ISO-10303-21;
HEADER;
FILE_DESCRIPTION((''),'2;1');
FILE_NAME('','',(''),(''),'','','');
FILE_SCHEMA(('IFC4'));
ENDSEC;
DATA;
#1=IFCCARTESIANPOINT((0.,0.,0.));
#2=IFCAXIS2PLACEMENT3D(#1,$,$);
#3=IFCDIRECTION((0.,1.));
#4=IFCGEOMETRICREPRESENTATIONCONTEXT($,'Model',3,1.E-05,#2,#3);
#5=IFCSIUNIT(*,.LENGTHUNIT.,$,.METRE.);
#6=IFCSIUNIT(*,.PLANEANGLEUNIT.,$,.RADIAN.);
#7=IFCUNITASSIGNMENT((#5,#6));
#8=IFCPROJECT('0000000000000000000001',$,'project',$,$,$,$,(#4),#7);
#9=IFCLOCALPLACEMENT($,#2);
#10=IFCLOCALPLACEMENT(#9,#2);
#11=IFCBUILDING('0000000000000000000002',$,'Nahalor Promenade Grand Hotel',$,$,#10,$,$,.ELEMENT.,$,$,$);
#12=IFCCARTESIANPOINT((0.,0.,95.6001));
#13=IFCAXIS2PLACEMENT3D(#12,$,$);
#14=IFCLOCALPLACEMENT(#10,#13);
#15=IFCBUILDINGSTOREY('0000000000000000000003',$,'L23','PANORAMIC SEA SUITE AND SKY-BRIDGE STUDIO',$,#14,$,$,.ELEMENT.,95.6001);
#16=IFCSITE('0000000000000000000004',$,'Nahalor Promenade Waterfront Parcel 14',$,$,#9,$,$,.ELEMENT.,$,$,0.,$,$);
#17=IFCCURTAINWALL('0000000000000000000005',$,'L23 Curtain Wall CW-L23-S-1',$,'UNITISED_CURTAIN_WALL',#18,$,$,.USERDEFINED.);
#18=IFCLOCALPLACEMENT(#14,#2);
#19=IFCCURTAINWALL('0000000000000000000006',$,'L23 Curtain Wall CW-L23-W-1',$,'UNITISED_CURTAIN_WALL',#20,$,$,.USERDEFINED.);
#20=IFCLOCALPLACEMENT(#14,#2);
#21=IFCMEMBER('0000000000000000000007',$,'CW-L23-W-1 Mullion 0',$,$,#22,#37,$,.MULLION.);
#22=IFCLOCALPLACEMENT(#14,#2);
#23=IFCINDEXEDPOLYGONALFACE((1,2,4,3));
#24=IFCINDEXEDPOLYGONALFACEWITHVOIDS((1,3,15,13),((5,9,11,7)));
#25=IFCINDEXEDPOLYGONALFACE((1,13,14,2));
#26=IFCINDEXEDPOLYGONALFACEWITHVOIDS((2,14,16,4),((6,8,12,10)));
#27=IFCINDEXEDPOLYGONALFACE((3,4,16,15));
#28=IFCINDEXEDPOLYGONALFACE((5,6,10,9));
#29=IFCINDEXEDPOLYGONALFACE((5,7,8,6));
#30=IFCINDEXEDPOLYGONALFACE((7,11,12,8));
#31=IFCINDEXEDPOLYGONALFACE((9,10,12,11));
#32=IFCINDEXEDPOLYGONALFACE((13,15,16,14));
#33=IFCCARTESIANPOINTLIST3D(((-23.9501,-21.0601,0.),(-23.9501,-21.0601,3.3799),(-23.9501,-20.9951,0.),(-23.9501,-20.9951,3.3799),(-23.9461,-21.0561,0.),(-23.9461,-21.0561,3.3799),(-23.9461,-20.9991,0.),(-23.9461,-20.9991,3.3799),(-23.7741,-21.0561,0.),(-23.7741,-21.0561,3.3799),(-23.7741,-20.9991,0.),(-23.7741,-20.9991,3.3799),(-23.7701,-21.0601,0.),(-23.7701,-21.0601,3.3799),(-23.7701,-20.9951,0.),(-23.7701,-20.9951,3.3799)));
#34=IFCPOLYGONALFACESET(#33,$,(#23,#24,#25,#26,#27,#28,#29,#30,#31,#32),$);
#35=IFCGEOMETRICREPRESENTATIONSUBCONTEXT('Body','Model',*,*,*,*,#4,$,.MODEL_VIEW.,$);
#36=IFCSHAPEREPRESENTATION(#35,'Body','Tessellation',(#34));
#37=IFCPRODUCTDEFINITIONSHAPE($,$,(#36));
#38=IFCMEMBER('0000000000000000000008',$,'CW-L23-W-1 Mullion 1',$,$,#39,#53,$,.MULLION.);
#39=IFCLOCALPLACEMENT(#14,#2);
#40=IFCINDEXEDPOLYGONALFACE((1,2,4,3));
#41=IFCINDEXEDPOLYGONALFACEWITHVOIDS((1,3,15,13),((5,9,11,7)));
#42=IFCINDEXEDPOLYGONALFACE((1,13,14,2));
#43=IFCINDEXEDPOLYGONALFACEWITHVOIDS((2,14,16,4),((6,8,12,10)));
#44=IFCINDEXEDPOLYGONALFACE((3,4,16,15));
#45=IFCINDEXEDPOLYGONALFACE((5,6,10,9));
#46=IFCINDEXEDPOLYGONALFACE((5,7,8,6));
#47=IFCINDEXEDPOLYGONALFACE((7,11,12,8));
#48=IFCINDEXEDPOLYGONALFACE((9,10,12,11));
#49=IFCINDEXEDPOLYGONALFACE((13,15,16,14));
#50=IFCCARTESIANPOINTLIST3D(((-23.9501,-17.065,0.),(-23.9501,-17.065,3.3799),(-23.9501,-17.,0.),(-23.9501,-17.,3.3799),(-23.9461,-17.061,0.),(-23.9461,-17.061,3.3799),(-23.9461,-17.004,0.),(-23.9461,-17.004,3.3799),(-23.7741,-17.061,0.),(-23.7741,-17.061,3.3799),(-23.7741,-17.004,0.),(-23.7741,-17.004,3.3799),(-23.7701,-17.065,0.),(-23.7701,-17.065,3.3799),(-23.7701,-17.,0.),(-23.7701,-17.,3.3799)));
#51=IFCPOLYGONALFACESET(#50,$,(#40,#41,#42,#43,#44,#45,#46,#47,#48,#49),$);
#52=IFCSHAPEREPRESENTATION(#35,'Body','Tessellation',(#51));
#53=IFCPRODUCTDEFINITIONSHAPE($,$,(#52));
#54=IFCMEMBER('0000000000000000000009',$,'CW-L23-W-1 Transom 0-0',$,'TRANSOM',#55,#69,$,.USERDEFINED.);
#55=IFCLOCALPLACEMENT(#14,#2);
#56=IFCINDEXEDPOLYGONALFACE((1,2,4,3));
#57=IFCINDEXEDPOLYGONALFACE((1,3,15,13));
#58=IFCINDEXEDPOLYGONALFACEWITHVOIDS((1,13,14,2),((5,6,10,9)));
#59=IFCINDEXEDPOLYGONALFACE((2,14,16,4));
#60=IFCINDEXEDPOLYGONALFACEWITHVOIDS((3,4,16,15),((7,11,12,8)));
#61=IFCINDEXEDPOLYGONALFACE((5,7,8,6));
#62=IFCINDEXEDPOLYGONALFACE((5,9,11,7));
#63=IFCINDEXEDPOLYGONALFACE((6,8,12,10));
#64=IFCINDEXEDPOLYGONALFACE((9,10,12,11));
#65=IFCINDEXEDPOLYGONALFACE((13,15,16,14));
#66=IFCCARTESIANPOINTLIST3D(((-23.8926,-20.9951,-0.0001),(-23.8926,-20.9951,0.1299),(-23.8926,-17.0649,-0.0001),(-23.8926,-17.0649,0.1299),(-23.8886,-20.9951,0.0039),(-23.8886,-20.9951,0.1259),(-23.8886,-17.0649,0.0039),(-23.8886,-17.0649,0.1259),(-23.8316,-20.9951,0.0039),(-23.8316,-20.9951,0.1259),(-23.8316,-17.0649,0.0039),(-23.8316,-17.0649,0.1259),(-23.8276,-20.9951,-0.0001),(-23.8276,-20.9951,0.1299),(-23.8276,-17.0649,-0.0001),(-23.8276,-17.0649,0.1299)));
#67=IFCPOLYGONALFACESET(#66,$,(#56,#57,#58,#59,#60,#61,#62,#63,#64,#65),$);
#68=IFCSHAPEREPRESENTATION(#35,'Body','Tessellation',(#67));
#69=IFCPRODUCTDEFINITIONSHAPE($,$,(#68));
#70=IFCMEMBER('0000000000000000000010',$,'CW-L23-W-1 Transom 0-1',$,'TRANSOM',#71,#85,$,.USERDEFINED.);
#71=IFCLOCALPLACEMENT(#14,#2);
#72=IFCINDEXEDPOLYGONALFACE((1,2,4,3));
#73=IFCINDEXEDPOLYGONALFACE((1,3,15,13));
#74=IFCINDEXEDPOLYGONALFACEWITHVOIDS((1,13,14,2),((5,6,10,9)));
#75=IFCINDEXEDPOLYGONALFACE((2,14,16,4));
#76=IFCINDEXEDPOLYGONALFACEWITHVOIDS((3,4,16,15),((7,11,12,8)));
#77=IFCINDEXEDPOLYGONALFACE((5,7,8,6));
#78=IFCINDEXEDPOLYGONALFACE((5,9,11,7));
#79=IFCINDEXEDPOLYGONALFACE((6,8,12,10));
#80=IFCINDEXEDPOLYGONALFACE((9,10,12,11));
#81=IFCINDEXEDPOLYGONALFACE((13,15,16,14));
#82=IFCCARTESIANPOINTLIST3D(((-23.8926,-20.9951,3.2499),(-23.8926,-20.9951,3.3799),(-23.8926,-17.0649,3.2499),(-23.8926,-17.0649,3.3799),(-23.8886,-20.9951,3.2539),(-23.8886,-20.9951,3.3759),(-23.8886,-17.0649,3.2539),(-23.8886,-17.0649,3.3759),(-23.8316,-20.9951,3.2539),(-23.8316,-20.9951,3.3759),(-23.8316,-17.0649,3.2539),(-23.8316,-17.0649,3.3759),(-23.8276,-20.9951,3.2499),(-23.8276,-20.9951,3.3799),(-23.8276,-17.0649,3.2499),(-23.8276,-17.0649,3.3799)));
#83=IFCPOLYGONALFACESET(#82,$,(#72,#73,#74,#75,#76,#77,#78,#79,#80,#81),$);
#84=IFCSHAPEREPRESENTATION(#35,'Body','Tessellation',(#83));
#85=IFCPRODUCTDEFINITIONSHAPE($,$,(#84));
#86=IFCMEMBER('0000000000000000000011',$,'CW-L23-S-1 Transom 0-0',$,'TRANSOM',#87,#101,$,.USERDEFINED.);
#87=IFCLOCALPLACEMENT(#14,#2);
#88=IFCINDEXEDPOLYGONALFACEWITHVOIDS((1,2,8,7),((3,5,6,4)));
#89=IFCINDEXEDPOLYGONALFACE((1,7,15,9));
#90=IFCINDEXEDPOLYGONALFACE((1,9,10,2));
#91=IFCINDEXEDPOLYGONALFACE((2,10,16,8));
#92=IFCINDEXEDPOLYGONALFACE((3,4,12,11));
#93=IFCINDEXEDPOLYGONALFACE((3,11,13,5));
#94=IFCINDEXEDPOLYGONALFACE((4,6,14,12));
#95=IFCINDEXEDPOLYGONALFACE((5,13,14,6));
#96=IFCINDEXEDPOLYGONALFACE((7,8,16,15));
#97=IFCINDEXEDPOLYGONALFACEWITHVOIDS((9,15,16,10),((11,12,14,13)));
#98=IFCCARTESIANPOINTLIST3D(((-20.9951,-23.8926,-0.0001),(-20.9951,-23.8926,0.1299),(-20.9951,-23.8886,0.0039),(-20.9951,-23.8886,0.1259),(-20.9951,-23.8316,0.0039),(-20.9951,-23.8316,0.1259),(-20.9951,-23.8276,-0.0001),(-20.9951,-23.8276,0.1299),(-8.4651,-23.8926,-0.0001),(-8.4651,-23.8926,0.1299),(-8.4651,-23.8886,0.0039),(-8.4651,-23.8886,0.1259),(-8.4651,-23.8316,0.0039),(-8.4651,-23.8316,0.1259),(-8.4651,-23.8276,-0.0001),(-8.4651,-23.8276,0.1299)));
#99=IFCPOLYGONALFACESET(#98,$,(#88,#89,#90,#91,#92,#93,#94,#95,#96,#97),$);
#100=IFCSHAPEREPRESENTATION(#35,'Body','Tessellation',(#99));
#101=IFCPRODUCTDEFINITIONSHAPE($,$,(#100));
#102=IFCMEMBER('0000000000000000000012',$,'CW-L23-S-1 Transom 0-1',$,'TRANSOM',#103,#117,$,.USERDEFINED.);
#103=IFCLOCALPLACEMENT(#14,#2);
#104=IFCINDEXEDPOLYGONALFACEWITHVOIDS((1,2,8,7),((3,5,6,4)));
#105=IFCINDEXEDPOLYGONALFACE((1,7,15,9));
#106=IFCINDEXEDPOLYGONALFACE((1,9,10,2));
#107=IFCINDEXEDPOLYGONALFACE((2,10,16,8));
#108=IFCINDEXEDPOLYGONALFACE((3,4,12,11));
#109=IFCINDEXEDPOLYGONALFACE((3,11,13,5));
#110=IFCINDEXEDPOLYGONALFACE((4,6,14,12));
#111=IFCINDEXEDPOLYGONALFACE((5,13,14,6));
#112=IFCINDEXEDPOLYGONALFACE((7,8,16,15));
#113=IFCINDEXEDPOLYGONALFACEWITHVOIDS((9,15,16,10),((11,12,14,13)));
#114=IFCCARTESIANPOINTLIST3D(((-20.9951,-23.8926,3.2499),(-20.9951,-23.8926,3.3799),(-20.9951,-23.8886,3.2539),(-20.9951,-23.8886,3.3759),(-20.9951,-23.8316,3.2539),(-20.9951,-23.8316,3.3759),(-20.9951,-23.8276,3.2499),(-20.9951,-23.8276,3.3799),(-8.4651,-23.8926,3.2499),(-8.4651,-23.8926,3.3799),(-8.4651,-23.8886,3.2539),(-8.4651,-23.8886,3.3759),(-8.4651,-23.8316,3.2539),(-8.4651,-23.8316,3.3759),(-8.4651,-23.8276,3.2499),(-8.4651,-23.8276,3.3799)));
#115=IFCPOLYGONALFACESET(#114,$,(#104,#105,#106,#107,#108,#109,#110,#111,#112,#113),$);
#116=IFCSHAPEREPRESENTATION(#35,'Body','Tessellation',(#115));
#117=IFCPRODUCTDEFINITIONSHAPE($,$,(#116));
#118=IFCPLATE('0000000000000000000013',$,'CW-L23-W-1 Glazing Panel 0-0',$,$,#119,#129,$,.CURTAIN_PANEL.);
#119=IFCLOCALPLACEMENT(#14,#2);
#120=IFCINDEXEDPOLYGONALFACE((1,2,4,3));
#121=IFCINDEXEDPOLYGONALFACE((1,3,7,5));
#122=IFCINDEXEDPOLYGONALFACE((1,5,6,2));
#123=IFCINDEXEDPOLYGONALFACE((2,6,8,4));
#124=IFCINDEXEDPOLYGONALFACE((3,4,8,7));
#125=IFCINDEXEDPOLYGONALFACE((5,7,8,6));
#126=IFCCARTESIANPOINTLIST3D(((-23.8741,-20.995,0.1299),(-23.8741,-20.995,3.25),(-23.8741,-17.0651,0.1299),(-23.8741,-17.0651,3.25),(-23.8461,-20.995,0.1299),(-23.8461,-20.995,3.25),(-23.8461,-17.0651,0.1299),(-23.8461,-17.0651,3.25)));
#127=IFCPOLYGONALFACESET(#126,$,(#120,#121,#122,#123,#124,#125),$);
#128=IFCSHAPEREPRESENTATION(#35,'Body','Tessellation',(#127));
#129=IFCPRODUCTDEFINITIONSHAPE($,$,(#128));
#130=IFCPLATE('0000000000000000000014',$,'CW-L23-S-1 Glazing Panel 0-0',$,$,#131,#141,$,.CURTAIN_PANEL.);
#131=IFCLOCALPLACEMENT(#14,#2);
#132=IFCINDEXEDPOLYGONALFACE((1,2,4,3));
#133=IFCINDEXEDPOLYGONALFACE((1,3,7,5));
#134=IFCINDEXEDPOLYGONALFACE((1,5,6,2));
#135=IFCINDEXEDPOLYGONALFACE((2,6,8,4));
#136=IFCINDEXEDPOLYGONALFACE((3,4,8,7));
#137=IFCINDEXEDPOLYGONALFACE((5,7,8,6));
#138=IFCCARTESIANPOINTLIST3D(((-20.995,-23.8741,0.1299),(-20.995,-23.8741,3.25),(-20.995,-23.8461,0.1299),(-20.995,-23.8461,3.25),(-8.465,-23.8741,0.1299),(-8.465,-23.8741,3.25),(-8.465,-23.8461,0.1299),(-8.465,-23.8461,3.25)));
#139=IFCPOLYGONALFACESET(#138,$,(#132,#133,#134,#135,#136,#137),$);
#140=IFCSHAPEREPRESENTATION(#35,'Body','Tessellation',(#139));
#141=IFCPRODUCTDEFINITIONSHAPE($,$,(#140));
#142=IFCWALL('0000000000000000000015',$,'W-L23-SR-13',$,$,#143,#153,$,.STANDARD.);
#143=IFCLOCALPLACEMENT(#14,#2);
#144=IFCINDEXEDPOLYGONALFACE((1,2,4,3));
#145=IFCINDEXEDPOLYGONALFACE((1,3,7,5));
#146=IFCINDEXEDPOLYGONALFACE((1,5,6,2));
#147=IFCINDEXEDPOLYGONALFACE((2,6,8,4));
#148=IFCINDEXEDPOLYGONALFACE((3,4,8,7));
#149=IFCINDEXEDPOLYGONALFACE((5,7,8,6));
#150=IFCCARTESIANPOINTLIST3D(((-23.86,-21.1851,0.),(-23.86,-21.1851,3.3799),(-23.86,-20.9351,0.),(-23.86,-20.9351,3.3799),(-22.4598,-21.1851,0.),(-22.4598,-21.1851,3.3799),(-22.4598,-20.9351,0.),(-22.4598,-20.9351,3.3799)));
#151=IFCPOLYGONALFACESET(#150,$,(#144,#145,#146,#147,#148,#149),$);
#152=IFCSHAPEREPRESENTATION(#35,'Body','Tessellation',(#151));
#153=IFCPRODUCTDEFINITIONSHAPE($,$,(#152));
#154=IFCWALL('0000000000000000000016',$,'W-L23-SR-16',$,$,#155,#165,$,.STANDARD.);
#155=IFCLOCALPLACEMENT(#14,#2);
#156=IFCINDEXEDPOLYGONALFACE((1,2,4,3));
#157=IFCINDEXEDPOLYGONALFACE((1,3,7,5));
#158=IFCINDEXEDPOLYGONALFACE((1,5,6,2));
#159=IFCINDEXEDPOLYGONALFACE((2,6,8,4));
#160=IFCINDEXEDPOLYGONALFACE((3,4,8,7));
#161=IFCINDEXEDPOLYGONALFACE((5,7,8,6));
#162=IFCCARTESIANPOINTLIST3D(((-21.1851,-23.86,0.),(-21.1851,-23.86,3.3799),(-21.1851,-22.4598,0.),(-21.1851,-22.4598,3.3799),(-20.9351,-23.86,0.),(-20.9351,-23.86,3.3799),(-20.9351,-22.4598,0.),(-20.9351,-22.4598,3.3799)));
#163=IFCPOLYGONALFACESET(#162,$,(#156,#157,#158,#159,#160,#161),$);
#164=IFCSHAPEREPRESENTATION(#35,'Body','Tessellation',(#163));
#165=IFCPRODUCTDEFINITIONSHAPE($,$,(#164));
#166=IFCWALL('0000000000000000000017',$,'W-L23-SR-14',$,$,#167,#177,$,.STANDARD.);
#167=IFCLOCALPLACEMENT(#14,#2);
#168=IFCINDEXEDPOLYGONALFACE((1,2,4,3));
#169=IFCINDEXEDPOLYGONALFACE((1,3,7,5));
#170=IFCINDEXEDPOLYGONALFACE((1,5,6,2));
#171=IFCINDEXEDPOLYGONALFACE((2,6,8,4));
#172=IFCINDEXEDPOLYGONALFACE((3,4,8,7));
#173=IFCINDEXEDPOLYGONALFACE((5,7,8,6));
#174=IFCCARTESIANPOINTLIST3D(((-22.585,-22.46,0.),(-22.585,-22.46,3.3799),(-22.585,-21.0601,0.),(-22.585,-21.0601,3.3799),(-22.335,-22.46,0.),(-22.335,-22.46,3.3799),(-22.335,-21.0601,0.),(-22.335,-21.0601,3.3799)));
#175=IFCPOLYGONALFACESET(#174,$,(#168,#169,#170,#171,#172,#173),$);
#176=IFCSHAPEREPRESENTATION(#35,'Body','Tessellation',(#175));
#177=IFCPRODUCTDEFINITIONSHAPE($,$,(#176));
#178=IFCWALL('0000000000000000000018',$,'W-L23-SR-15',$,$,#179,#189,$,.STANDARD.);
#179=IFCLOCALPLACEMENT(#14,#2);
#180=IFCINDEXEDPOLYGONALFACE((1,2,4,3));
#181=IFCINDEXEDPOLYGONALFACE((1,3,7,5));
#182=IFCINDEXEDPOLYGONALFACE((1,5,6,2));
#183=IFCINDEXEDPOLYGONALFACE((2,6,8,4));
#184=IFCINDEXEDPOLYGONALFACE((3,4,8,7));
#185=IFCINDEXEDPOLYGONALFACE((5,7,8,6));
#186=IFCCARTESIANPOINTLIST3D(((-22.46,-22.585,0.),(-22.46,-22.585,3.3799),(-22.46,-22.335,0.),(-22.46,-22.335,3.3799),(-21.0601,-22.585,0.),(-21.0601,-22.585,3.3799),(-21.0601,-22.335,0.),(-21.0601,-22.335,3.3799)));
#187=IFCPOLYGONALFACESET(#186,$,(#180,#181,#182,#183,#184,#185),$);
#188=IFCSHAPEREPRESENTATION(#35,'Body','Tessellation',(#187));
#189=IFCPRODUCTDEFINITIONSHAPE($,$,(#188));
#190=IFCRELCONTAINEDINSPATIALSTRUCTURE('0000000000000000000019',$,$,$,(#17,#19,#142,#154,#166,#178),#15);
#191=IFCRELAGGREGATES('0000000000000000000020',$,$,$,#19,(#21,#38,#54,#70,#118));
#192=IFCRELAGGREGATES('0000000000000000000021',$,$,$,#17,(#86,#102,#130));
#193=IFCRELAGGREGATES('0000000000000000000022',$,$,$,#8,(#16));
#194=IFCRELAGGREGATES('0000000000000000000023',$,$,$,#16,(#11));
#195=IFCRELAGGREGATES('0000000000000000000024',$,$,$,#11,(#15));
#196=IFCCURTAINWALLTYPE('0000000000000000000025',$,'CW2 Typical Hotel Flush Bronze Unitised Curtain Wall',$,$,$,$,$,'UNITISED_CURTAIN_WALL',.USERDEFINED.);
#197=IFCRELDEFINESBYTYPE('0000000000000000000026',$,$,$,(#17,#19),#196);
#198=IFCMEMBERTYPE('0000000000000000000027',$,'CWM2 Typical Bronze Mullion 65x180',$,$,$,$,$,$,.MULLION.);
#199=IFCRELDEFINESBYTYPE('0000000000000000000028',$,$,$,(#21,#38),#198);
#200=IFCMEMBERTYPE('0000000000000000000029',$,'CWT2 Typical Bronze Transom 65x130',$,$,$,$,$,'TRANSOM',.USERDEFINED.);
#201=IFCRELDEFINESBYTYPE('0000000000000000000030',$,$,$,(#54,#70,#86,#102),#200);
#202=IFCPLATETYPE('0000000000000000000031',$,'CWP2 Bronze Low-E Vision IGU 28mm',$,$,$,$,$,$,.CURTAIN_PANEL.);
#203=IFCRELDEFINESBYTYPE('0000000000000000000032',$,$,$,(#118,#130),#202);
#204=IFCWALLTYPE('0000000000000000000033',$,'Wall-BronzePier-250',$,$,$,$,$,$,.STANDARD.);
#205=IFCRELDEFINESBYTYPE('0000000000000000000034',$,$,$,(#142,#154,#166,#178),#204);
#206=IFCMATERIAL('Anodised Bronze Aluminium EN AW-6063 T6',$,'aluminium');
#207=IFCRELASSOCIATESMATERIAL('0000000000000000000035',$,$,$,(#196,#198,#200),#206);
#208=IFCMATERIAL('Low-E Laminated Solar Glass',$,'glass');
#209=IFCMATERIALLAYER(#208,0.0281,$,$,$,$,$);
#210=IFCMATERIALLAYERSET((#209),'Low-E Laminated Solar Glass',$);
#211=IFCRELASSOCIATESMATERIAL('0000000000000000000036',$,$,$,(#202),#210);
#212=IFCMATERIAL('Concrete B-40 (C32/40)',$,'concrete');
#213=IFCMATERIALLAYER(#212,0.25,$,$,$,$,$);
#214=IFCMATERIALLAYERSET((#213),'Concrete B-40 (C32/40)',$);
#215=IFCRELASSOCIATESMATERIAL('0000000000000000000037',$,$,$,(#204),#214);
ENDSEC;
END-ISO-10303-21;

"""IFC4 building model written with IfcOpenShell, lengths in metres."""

from ifc_helpers import new_model, si_unit, direction, frame, frame_2d, origin, origin_2d, place, context, subcontext, project, spatial, rectangle, hollow_rectangle, extrude, source, transform, mapped, material, layer, layer_set, material_profile, profile_set, type_object, element, aggregate, save


model = new_model("IFC4")

# Units and contexts
model_context = context("Model", 3, precision=1e-05, world=origin(), true_north=direction((0.0, 1.0)))
body_context = subcontext(model_context, "Body", "Model", "MODEL_VIEW")
ifc_project = project(units=[si_unit("LENGTHUNIT", "METRE"), si_unit("PLANEANGLEUNIT", "RADIAN")], contexts=[model_context])

# Site, building, storey
site_placement = place(None, origin())
site = spatial("IfcSite", under=ifc_project, at=site_placement, Name="Nahalor Promenade Waterfront Parcel 14", CompositionType="ELEMENT", RefElevation=0.0)
building_placement = place(site_placement, origin())
building = spatial("IfcBuilding", under=site, at=building_placement, Name="Nahalor Promenade Grand Hotel", CompositionType="ELEMENT")
storey_placement = place(building_placement, frame((0.0, 0.0, 95.6001)))
storey = spatial("IfcBuildingStorey", under=building, at=storey_placement, Name="L23", Description="PANORAMIC SEA SUITE AND SKY-BRIDGE STUDIO", CompositionType="ELEMENT", Elevation=95.6001)

# Curtain wall
ifc_material_1 = material(Name="Anodised Bronze Aluminium EN AW-6063 T6", Category="aluminium")
curtain_wall_type = type_object("IfcCurtainWallType", Name="CW2 Typical Hotel Flush Bronze Unitised Curtain Wall", ElementType="UNITISED_CURTAIN_WALL", PredefinedType="USERDEFINED", material=ifc_material_1)
curtain_wall_1_placement = place(storey_placement, origin())
curtain_wall_1 = element("IfcCurtainWall", 1, at=curtain_wall_1_placement, inside=storey, type_object=curtain_wall_type, Name="L23 Curtain Wall CW-L23-S-1", ObjectType="UNITISED_CURTAIN_WALL", PredefinedType="USERDEFINED")
ifc_material_profile_1 = material_profile(ifc_material_1, hollow_rectangle(XDim=0.065, YDim=0.18, WallThickness=0.004, at=origin_2d()), Name="CWM 65x180x4")
ifc_profile_set_1 = profile_set([ifc_material_profile_1], Name="Anodised Bronze Aluminium EN AW-6063 T6")
member_type_1 = type_object("IfcMemberType", Name="CWM2 Typical Bronze Mullion 65x180", PredefinedType="MULLION", material=ifc_profile_set_1)
shared_shape_1 = source(origin(), body_context, "Body", "SweptSolid", [
    extrude(hollow_rectangle(XDim=0.065, YDim=0.18, WallThickness=0.004, at=origin_2d()), origin(), (0.0, 0.0, 1.0), 3.3799),
])

# Curtain wall, members
curtain_wall_2_placement = place(storey_placement, origin())
curtain_wall_2 = element("IfcCurtainWall", 2, at=curtain_wall_2_placement, inside=storey, type_object=curtain_wall_type, Name="L23 Curtain Wall CW-L23-W-1", ObjectType="UNITISED_CURTAIN_WALL", PredefinedType="USERDEFINED")
member_1_placement = place(storey_placement, frame((-23.8601, -21.0276, 0.0), z_axis=(0.0, 0.0, 1.0), x_axis=(0.0, 1.0, 0.0)))
member_1 = element("IfcMember", 3, at=member_1_placement, type_object=member_type_1, Name="CW-L23-W-1 Mullion 0", PredefinedType="MULLION", context=body_context, shape_type="MappedRepresentation", body=[
    mapped(shared_shape_1, transform((0.0, 0.0, 0.0), scale=1.0)),
])
member_2_placement = place(storey_placement, frame((-23.8601, -17.0325, 0.0), z_axis=(0.0, 0.0, 1.0), x_axis=(0.0, 1.0, 0.0)))
member_2 = element("IfcMember", 4, at=member_2_placement, type_object=member_type_1, Name="CW-L23-W-1 Mullion 1", PredefinedType="MULLION", context=body_context, shape_type="MappedRepresentation", body=[
    mapped(shared_shape_1, transform((0.0, 0.0, 0.0), scale=1.0)),
])
ifc_material_profile_2 = material_profile(ifc_material_1, hollow_rectangle(XDim=0.065, YDim=0.13, WallThickness=0.004, at=origin_2d()), Name="CWT 65x130x4")
ifc_profile_set_2 = profile_set([ifc_material_profile_2], Name="Anodised Bronze Aluminium EN AW-6063 T6")
member_type_2 = type_object("IfcMemberType", Name="CWT2 Typical Bronze Transom 65x130", ElementType="TRANSOM", PredefinedType="USERDEFINED", material=ifc_profile_set_2)
shared_shape_2 = source(origin(), body_context, "Body", "SweptSolid", [
    extrude(hollow_rectangle(XDim=0.065, YDim=0.13, WallThickness=0.004, at=origin_2d()), origin(), (0.0, 0.0, 1.0), 3.9302),
])
member_3_placement = place(storey_placement, frame((-23.8601, -20.9951, 0.0649), z_axis=(0.0, 1.0, 0.0), x_axis=(-1.0, 0.0, 0.0)))
member_3 = element("IfcMember", 5, at=member_3_placement, type_object=member_type_2, Name="CW-L23-W-1 Transom 0-0", ObjectType="TRANSOM", PredefinedType="USERDEFINED", context=body_context, shape_type="MappedRepresentation", body=[
    mapped(shared_shape_2, transform((0.0, 0.0, 0.0), scale=1.0)),
])
member_4_placement = place(storey_placement, frame((-23.8601, -20.9951, 3.3149), z_axis=(0.0, 1.0, 0.0), x_axis=(-1.0, 0.0, 0.0)))
member_4 = element("IfcMember", 6, at=member_4_placement, type_object=member_type_2, Name="CW-L23-W-1 Transom 0-1", ObjectType="TRANSOM", PredefinedType="USERDEFINED", context=body_context, shape_type="MappedRepresentation", body=[
    mapped(shared_shape_2, transform((0.0, 0.0, 0.0), scale=1.0)),
])

# Members
shared_shape_3 = source(origin(), body_context, "Body", "SweptSolid", [
    extrude(hollow_rectangle(XDim=0.065, YDim=0.13, WallThickness=0.004, at=origin_2d()), origin(), (0.0, 0.0, 1.0), 12.53),
])
member_5_placement = place(storey_placement, frame((-20.9951, -23.8601, 0.0649), z_axis=(1.0, 0.0, 0.0), x_axis=(0.0, 1.0, 0.0)))
member_5 = element("IfcMember", 7, at=member_5_placement, type_object=member_type_2, Name="CW-L23-S-1 Transom 0-0", ObjectType="TRANSOM", PredefinedType="USERDEFINED", context=body_context, shape_type="MappedRepresentation", body=[
    mapped(shared_shape_3, transform((0.0, 0.0, 0.0), scale=1.0)),
])
member_6_placement = place(storey_placement, frame((-20.9951, -23.8601, 3.3149), z_axis=(1.0, 0.0, 0.0), x_axis=(0.0, 1.0, 0.0)))
member_6 = element("IfcMember", 8, at=member_6_placement, type_object=member_type_2, Name="CW-L23-S-1 Transom 0-1", ObjectType="TRANSOM", PredefinedType="USERDEFINED", context=body_context, shape_type="MappedRepresentation", body=[
    mapped(shared_shape_3, transform((0.0, 0.0, 0.0), scale=1.0)),
])

# Plates
ifc_material_2 = material(Name="Low-E Laminated Solar Glass", Category="glass")
ifc_layer_1 = layer(ifc_material_2, 0.0281)
ifc_layer_set_1 = layer_set([ifc_layer_1], Name="Low-E Laminated Solar Glass")
plate_type = type_object("IfcPlateType", Name="CWP2 Bronze Low-E Vision IGU 28mm", PredefinedType="CURTAIN_PANEL", material=ifc_layer_set_1)
shared_shape_4 = source(origin(), body_context, "Body", "SweptSolid", [
    extrude(rectangle(XDim=3.9299, YDim=0.0281, at=origin_2d()), origin(), (0.0, 0.0, 1.0), 3.1201),
])
plate_1_placement = place(storey_placement, frame((-23.8601, -19.03, 0.1299), z_axis=(0.0, 0.0, 1.0), x_axis=(0.0, 1.0, 0.0)))
plate_1 = element("IfcPlate", 9, at=plate_1_placement, type_object=plate_type, Name="CW-L23-W-1 Glazing Panel 0-0", PredefinedType="CURTAIN_PANEL", context=body_context, shape_type="MappedRepresentation", body=[
    mapped(shared_shape_4, transform((0.0, 0.0, 0.0), scale=1.0)),
])
aggregate(curtain_wall_2, [member_1, member_2, member_3, member_4, plate_1])
shared_shape_5 = source(origin(), body_context, "Body", "SweptSolid", [
    extrude(rectangle(XDim=12.53, YDim=0.0281, at=origin_2d()), origin(), (0.0, 0.0, 1.0), 3.1201),
])
plate_2_placement = place(storey_placement, frame((-14.73, -23.8601, 0.1299), z_axis=(0.0, 0.0, 1.0), x_axis=(1.0, 0.0, 0.0)))
plate_2 = element("IfcPlate", 10, at=plate_2_placement, type_object=plate_type, Name="CW-L23-S-1 Glazing Panel 0-0", PredefinedType="CURTAIN_PANEL", context=body_context, shape_type="MappedRepresentation", body=[
    mapped(shared_shape_5, transform((0.0, 0.0, 0.0), scale=1.0)),
])
aggregate(curtain_wall_1, [member_5, member_6, plate_2])

# Walls
ifc_material_3 = material(Name="Concrete B-40 (C32/40)", Category="concrete")
ifc_layer_2 = layer(ifc_material_3, 0.25)
ifc_layer_set_2 = layer_set([ifc_layer_2], Name="Concrete B-40 (C32/40)")
wall_type_1 = type_object("IfcWallType", Name="Wall-BronzePier-250", PredefinedType="STANDARD", material=ifc_layer_set_2)
shared_shape_6 = source(origin(), body_context, "Body", "SweptSolid", [
    extrude(rectangle(XDim=1.4001, YDim=0.25, at=frame_2d((0.7002, 0.0))), origin(), (0.0, 0.0, 1.0), 3.3799),
])
for number, where, z_axis, x_axis, name in (
    (11, (-23.8601, -21.0601, 0.0), (0.0, 0.0, 1.0), (1.0, 0.0, 0.0), "W-L23-SR-13"),
    (12, (-21.0601, -23.8601, 0.0), (0.0, 0.0, 1.0), (0.0, 1.0, 0.0), "W-L23-SR-16"),
):
    element("IfcWall", number, at=place(storey_placement, frame(where, z_axis=z_axis, x_axis=x_axis)), inside=storey, type_object=wall_type_1, Name=name, PredefinedType="STANDARD", context=body_context, shape_type="MappedRepresentation", body=[
        mapped(shared_shape_6, transform((0.0, 0.0, 0.0), scale=1.0)),
    ])
shared_shape_7 = source(origin(), body_context, "Body", "SweptSolid", [
    extrude(rectangle(XDim=1.3999, YDim=0.25, at=frame_2d((0.7, 0.0))), origin(), (0.0, 0.0, 1.0), 3.3799),
])
for number, where, z_axis, x_axis, name in (
    (13, (-22.46, -22.46, 0.0), (0.0, 0.0, 1.0), (0.0, 1.0, 0.0), "W-L23-SR-14"),
    (14, (-22.46, -22.46, 0.0), (0.0, 0.0, 1.0), (1.0, 0.0, 0.0), "W-L23-SR-15"),
):
    element("IfcWall", number, at=place(storey_placement, frame(where, z_axis=z_axis, x_axis=x_axis)), inside=storey, type_object=wall_type_1, Name=name, PredefinedType="STANDARD", context=body_context, shape_type="MappedRepresentation", body=[
        mapped(shared_shape_7, transform((0.0, 0.0, 0.0), scale=1.0)),
    ])

save(model, "model.ifc")
